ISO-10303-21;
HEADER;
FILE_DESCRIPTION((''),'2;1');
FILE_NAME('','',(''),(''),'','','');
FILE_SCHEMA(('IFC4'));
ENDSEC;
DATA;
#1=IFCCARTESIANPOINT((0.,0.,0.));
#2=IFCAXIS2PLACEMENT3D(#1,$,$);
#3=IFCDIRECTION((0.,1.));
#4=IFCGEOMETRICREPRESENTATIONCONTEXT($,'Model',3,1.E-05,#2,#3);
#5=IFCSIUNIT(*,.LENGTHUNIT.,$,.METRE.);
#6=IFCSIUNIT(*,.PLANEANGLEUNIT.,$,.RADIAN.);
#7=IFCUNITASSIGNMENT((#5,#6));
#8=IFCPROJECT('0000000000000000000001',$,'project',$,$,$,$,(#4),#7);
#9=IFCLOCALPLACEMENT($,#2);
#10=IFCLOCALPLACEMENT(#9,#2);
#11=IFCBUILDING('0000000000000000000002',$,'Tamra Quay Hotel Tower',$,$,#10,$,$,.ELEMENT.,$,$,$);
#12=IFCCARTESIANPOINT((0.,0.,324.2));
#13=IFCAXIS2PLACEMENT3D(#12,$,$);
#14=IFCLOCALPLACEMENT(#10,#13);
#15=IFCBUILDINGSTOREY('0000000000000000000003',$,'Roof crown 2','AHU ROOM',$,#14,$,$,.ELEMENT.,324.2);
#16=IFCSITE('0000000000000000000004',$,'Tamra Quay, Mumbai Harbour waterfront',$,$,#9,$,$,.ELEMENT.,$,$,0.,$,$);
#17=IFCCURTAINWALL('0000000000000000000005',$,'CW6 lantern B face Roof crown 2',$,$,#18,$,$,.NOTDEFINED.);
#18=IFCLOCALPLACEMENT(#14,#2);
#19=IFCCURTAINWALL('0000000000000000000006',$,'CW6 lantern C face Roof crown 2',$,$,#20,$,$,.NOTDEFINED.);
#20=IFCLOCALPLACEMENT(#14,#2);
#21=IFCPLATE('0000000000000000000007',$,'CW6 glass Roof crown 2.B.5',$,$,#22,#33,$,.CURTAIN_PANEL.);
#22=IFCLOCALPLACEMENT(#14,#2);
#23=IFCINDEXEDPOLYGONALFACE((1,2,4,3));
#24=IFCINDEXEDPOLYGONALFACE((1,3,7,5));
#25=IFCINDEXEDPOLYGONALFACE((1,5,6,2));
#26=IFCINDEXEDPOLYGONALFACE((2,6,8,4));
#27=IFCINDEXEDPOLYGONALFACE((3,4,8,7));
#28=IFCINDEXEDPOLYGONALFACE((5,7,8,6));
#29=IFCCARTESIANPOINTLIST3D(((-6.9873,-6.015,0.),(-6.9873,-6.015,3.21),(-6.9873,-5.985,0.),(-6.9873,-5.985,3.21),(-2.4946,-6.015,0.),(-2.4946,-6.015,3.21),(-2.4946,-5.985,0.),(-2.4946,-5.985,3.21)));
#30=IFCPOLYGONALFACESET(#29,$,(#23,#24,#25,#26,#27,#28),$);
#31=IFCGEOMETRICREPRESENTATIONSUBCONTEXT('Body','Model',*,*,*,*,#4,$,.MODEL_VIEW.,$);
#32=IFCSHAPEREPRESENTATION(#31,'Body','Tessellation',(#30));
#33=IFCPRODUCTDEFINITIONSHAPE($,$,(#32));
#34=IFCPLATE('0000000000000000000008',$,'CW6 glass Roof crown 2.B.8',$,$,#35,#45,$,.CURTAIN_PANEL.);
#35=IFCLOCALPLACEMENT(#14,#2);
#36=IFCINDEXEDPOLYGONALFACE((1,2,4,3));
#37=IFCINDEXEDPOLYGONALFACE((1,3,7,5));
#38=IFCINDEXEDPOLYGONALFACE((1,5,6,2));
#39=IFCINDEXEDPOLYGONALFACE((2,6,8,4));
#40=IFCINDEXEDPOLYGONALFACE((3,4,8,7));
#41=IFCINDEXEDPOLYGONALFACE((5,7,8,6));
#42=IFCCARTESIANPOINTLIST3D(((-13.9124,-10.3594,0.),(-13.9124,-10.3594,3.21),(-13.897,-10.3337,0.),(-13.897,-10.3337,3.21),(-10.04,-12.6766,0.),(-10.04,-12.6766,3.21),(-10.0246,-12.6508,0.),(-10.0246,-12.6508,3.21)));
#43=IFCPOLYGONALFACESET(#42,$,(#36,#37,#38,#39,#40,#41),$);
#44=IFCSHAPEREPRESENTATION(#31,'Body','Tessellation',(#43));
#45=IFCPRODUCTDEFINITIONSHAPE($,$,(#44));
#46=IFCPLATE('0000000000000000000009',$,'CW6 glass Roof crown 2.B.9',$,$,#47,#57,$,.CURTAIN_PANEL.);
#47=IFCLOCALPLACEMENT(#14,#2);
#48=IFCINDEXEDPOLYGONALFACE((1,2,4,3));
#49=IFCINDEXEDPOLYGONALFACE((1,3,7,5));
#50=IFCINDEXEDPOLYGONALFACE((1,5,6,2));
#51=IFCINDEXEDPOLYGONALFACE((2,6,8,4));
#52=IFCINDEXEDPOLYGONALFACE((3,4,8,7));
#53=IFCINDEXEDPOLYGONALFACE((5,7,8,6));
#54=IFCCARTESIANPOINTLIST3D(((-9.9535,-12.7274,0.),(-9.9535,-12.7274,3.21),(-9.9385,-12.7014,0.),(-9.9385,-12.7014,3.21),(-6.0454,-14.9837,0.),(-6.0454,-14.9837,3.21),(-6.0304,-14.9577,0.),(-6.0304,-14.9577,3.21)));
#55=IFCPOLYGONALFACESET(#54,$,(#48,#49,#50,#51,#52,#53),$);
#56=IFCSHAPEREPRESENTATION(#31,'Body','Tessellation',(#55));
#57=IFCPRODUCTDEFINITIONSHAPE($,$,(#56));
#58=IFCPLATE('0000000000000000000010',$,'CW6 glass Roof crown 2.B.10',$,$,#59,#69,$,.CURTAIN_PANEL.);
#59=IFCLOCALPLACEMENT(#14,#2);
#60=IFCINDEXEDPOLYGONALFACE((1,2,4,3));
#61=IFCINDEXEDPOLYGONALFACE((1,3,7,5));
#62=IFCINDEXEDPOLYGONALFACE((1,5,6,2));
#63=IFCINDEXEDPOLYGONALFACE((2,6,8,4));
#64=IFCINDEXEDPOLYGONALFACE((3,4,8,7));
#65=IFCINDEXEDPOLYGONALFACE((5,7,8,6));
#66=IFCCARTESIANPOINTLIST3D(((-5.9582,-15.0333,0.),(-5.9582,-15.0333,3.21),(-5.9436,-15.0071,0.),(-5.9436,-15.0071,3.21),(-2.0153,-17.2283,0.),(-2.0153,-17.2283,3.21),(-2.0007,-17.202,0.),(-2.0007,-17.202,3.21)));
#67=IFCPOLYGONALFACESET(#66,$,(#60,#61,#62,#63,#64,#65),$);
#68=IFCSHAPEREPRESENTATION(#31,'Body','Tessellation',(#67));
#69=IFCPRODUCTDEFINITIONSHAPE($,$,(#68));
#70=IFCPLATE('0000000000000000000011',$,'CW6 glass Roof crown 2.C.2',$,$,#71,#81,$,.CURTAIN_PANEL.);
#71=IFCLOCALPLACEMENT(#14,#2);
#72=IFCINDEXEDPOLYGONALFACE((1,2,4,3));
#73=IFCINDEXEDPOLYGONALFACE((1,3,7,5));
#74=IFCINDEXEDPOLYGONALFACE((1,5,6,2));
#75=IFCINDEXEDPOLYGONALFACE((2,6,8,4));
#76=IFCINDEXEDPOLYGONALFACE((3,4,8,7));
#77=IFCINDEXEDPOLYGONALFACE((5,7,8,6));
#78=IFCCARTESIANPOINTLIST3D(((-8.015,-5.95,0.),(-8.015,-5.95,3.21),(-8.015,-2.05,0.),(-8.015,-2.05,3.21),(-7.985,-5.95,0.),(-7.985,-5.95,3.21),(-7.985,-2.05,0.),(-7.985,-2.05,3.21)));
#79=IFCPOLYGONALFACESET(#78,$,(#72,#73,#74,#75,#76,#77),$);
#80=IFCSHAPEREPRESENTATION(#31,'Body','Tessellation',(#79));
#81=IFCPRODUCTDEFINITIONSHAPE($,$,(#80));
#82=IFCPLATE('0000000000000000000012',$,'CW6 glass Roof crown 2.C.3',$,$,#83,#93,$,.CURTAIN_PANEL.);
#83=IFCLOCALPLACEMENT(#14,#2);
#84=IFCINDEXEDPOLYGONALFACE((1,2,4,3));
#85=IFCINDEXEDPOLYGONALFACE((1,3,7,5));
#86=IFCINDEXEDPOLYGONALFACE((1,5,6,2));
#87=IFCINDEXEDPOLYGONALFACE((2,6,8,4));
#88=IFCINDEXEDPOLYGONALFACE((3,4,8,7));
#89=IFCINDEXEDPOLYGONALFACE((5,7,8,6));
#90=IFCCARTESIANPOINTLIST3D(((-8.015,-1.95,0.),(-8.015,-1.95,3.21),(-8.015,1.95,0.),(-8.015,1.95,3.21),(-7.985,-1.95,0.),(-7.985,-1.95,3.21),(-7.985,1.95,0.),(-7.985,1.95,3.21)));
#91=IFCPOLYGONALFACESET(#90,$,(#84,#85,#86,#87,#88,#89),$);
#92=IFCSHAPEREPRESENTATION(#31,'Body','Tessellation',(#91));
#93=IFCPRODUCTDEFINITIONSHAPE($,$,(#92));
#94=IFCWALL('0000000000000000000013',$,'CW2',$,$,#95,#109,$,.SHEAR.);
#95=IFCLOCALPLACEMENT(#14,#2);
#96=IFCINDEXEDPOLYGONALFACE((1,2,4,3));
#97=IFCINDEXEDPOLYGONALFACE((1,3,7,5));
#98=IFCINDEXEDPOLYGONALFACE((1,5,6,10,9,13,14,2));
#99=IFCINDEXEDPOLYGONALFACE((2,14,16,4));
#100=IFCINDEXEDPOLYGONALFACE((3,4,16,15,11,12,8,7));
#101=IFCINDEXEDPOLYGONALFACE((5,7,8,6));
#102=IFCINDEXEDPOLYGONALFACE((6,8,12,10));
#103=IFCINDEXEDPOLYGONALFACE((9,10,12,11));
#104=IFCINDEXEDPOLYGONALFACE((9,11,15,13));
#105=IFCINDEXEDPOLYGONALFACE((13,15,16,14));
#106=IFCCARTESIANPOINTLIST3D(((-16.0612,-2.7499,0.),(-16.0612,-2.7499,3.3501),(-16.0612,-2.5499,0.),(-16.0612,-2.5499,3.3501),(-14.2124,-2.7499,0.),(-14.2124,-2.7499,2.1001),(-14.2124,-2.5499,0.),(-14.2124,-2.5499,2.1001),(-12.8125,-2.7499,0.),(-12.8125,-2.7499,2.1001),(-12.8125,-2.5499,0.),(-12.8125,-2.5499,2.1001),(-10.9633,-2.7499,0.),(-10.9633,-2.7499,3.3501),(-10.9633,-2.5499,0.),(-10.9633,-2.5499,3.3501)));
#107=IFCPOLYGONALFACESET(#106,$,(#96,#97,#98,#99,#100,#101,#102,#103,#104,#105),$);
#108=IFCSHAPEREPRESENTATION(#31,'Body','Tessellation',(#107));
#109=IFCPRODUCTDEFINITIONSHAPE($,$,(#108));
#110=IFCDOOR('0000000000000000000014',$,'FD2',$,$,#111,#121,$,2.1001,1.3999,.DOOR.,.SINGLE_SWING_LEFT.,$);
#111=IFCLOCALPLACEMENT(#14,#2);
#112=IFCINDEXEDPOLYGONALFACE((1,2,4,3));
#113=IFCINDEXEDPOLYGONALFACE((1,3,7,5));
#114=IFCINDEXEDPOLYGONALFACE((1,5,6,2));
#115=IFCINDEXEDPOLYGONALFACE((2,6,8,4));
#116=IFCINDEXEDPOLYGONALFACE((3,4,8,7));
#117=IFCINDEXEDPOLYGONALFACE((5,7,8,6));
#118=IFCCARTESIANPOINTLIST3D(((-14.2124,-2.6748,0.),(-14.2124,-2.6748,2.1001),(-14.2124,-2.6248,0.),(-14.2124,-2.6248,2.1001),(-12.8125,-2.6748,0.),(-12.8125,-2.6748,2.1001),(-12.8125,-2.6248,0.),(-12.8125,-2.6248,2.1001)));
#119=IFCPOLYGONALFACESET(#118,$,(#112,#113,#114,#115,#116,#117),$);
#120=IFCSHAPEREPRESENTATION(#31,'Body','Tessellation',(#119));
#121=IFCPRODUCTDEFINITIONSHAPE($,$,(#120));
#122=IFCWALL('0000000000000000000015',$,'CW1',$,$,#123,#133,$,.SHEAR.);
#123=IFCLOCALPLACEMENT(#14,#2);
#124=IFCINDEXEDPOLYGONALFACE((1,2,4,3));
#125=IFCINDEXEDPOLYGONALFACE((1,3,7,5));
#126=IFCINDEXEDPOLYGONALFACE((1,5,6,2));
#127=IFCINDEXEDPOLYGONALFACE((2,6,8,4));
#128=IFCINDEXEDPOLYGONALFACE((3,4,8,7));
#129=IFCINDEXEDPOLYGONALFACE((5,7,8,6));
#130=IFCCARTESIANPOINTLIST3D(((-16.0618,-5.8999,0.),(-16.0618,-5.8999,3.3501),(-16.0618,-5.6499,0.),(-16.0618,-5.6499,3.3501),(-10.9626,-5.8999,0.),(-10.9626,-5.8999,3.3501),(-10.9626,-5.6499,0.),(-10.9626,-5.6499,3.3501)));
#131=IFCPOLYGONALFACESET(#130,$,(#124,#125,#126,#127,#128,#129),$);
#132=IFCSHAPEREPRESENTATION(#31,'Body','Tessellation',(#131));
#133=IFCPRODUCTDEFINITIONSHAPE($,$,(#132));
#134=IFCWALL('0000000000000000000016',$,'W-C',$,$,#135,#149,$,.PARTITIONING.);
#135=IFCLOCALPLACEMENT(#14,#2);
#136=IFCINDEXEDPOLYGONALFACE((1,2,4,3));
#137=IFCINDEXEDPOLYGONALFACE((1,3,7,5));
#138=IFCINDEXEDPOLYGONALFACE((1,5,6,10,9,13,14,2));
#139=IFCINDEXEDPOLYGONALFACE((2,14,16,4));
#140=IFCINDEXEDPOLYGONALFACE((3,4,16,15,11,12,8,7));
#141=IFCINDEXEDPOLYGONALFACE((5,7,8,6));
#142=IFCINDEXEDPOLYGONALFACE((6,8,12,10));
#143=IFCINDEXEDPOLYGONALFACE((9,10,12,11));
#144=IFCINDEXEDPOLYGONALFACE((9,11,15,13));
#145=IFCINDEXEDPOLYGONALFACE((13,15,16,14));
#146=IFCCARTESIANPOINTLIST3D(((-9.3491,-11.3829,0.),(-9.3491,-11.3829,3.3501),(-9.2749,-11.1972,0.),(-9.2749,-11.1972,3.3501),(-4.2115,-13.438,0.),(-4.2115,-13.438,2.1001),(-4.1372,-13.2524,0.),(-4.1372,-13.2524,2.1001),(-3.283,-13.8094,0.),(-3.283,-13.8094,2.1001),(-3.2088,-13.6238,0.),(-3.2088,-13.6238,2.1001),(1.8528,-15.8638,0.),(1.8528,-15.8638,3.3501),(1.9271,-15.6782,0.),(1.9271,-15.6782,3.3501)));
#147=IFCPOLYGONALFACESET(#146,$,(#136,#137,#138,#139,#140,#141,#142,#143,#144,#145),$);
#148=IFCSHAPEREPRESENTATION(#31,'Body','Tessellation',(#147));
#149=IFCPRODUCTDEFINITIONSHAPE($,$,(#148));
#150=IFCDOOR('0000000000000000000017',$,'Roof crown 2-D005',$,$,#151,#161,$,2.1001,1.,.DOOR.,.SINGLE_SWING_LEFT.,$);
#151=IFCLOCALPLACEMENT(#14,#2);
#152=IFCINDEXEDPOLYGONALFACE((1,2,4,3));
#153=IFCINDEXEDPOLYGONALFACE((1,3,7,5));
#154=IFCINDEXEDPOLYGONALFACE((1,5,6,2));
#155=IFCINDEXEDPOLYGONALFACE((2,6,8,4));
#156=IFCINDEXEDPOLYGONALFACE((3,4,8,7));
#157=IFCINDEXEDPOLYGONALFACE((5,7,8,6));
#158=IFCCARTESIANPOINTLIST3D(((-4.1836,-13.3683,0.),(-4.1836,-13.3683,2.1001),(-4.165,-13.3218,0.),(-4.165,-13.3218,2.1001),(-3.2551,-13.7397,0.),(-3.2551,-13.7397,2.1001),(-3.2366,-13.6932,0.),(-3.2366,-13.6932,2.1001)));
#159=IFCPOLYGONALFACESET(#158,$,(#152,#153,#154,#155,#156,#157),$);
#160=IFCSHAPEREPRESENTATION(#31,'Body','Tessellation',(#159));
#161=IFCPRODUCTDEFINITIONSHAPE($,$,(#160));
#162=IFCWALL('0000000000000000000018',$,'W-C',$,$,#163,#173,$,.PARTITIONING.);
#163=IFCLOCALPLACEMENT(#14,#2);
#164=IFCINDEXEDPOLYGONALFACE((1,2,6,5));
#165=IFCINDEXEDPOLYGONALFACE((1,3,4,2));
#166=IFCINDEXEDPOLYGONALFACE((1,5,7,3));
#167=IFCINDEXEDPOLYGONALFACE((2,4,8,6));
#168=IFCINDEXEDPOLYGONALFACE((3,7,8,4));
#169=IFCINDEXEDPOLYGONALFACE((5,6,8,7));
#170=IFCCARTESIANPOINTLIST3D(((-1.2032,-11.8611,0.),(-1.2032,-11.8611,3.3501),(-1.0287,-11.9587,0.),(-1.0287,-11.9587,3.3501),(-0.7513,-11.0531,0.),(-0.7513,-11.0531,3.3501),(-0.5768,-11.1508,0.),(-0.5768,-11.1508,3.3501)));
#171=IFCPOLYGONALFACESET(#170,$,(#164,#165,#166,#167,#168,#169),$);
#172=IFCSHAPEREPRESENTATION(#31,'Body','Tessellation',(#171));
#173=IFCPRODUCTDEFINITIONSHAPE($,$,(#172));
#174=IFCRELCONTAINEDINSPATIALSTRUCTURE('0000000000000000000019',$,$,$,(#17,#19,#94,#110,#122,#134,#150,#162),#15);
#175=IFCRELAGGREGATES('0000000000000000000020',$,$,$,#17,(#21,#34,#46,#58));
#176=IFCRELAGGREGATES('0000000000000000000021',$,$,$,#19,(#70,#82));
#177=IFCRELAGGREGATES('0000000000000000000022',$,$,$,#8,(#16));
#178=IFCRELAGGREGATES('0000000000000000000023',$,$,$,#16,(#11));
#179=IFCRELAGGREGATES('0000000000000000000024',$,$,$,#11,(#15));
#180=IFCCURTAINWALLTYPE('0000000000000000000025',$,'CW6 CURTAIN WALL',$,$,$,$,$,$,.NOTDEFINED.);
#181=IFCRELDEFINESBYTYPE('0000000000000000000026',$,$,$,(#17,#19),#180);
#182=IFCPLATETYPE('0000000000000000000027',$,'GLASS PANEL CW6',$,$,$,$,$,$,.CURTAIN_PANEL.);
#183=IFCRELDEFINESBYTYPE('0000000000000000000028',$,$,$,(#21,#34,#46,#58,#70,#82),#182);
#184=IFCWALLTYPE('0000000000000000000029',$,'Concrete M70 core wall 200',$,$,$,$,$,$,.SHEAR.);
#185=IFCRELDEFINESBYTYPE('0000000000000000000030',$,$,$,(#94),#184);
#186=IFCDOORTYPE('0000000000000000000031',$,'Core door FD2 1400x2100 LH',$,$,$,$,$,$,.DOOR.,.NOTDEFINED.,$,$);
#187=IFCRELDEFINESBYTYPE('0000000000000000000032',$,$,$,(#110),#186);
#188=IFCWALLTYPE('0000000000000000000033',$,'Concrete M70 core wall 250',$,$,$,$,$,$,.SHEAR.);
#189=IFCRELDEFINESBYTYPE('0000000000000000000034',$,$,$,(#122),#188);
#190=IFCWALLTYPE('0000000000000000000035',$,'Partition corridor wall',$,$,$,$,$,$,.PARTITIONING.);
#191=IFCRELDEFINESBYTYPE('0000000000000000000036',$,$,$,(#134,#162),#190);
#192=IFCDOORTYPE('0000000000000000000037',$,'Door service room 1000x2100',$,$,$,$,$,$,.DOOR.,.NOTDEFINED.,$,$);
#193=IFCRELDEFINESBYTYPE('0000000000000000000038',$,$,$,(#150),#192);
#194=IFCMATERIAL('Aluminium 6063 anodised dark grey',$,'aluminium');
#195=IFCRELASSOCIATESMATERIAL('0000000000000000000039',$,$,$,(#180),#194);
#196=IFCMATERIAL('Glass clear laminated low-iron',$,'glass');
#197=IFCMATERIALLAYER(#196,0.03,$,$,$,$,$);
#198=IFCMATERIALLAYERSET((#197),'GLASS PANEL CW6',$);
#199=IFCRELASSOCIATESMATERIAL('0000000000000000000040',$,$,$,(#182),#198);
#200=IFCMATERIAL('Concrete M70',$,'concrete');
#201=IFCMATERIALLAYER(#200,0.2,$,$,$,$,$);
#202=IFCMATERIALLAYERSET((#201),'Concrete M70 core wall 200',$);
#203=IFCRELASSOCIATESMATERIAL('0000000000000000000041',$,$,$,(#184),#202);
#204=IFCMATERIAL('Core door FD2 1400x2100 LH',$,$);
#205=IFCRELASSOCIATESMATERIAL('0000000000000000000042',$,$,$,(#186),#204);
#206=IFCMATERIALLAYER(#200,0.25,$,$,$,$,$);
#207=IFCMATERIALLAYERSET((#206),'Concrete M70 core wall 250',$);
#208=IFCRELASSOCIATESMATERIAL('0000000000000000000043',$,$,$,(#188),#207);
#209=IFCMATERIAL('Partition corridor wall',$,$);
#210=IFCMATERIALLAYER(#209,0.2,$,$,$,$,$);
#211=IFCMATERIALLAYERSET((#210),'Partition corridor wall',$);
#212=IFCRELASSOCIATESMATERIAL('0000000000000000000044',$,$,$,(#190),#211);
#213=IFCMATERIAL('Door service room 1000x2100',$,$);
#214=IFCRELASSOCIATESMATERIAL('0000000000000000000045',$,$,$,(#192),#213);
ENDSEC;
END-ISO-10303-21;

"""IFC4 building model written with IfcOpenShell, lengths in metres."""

from ifc_helpers import new_model, si_unit, direction, frame, frame_2d, origin, origin_2d, place, context, subcontext, project, spatial, rectangle, extrude, material, layer, layer_set, type_object, element, fill, aggregate, save


model = new_model("IFC4")

# Units and contexts
model_context = context("Model", 3, precision=1e-05, world=origin(), true_north=direction((0.0, 1.0)))
body_context = subcontext(model_context, "Body", "Model", "MODEL_VIEW")
ifc_project = project(units=[si_unit("LENGTHUNIT", "METRE"), si_unit("PLANEANGLEUNIT", "RADIAN")], contexts=[model_context])

# Site, building, storey
site_placement = place(None, origin())
site = spatial("IfcSite", under=ifc_project, at=site_placement, Name="Tamra Quay, Mumbai Harbour waterfront", CompositionType="ELEMENT", RefElevation=0.0)
building_placement = place(site_placement, origin())
building = spatial("IfcBuilding", under=site, at=building_placement, Name="Tamra Quay Hotel Tower", CompositionType="ELEMENT")
storey_placement = place(building_placement, frame((0.0, 0.0, 324.2)))
storey = spatial("IfcBuildingStorey", under=building, at=storey_placement, Name="Roof crown 2", Description="AHU ROOM", CompositionType="ELEMENT", Elevation=324.2)

# Curtain walls
ifc_material_1 = material(Name="Aluminium 6063 anodised dark grey", Category="aluminium")
curtain_wall_type = type_object("IfcCurtainWallType", Name="CW6 CURTAIN WALL", PredefinedType="NOTDEFINED", material=ifc_material_1)
curtain_wall_1_placement = place(storey_placement, origin())
curtain_wall_1 = element("IfcCurtainWall", 1, at=curtain_wall_1_placement, inside=storey, type_object=curtain_wall_type, Name="CW6 lantern B face Roof crown 2", PredefinedType="NOTDEFINED")
curtain_wall_2_placement = place(storey_placement, origin())
curtain_wall_2 = element("IfcCurtainWall", 2, at=curtain_wall_2_placement, inside=storey, type_object=curtain_wall_type, Name="CW6 lantern C face Roof crown 2", PredefinedType="NOTDEFINED")

# Plates
ifc_material_2 = material(Name="Glass clear laminated low-iron", Category="glass")
ifc_layer_1 = layer(ifc_material_2, 0.03)
ifc_layer_set_1 = layer_set([ifc_layer_1], Name="GLASS PANEL CW6")
plate_type = type_object("IfcPlateType", Name="GLASS PANEL CW6", PredefinedType="CURTAIN_PANEL", material=ifc_layer_set_1)
plate_1_placement = place(storey_placement, frame((-4.741, -6.0, 0.0), z_axis=(0.0, 0.0, 1.0), x_axis=(-1.0, 0.0, 0.0)))
plate_1 = element("IfcPlate", 3, at=plate_1_placement, type_object=plate_type, Name="CW6 glass Roof crown 2.B.5", PredefinedType="CURTAIN_PANEL", context=body_context, shape_type="SweptSolid", body=[
    extrude(rectangle(XDim=4.4927, YDim=0.03, at=origin_2d()), origin(), (0.0, 0.0, 1.0), 3.21),
])
plate_2_placement = place(storey_placement, frame((-11.9685, -11.5051, 0.0), z_axis=(0.0, 0.0, 1.0), x_axis=(0.858104, -0.513477, 0.0)))
plate_2 = element("IfcPlate", 4, at=plate_2_placement, type_object=plate_type, Name="CW6 glass Roof crown 2.B.8", PredefinedType="CURTAIN_PANEL", context=body_context, shape_type="SweptSolid", body=[
    extrude(rectangle(XDim=4.5127, YDim=0.03, at=origin_2d()), origin(), (0.0, 0.0, 1.0), 3.21),
])
plate_3_placement = place(storey_placement, frame((-7.9919, -13.8425, 0.0), z_axis=(0.0, 0.0, 1.0), x_axis=(0.866025, -0.5, 0.0)))
plate_3 = element("IfcPlate", 5, at=plate_3_placement, type_object=plate_type, Name="CW6 glass Roof crown 2.B.9", PredefinedType="CURTAIN_PANEL", context=body_context, shape_type="SweptSolid", body=[
    extrude(rectangle(XDim=4.5127, YDim=0.03, at=origin_2d()), origin(), (0.0, 0.0, 1.0), 3.21),
])
plate_4_placement = place(storey_placement, frame((-3.9795, -16.1177, 0.0), z_axis=(0.0, 0.0, 1.0), x_axis=(0.873736, -0.486401, 0.0)))
plate_4 = element("IfcPlate", 6, at=plate_4_placement, type_object=plate_type, Name="CW6 glass Roof crown 2.B.10", PredefinedType="CURTAIN_PANEL", context=body_context, shape_type="SweptSolid", body=[
    extrude(rectangle(XDim=4.5127, YDim=0.03, at=origin_2d()), origin(), (0.0, 0.0, 1.0), 3.21),
])
aggregate(curtain_wall_1, [plate_1, plate_2, plate_3, plate_4])
plate_5_placement = place(storey_placement, frame((-8.0, -4.0, 0.0), z_axis=(0.0, 0.0, 1.0), x_axis=(0.0, 1.0, 0.0)))
plate_5 = element("IfcPlate", 7, at=plate_5_placement, type_object=plate_type, Name="CW6 glass Roof crown 2.C.2", PredefinedType="CURTAIN_PANEL", context=body_context, shape_type="SweptSolid", body=[
    extrude(rectangle(XDim=3.8999, YDim=0.03, at=origin_2d()), origin(), (0.0, 0.0, 1.0), 3.21),
])
plate_6_placement = place(storey_placement, frame((-8.0, 0.0, 0.0), z_axis=(0.0, 0.0, 1.0), x_axis=(0.0, 1.0, 0.0)))
plate_6 = element("IfcPlate", 8, at=plate_6_placement, type_object=plate_type, Name="CW6 glass Roof crown 2.C.3", PredefinedType="CURTAIN_PANEL", context=body_context, shape_type="SweptSolid", body=[
    extrude(rectangle(XDim=3.8999, YDim=0.03, at=origin_2d()), origin(), (0.0, 0.0, 1.0), 3.21),
])
aggregate(curtain_wall_2, [plate_5, plate_6])

# Wall, opening, door
ifc_material_3 = material(Name="Concrete M70", Category="concrete")
ifc_layer_2 = layer(ifc_material_3, 0.2)
ifc_layer_set_2 = layer_set([ifc_layer_2], Name="Concrete M70 core wall 200")
wall_type_1 = type_object("IfcWallType", Name="Concrete M70 core wall 200", PredefinedType="SHEAR", material=ifc_layer_set_2)
wall_1_placement = place(storey_placement, frame((-10.9634, -2.6499, 0.0), z_axis=(0.0, 0.0, 1.0), x_axis=(-1.0, 0.0, 0.0)))
wall_1 = element("IfcWall", 9, at=wall_1_placement, inside=storey, type_object=wall_type_1, Name="CW2", PredefinedType="SHEAR", context=body_context, shape_type="SweptSolid", body=[
    extrude(rectangle(XDim=5.0979, YDim=0.2, at=frame_2d((2.5488, 0.0))), origin(), (0.0, 0.0, 1.0), 3.3501),
])
opening_1_placement = place(wall_1_placement, frame((1.8491, 0.0, 0.0)))
opening_1 = element("IfcOpeningElement", 10, at=opening_1_placement, cuts=wall_1, PredefinedType="OPENING", context=body_context, shape_type="SweptSolid", body=[
    extrude(rectangle(XDim=1.3999, YDim=2.1001, at=frame_2d((0.7, 1.05))), frame((0.0, 0.1099, 0.0), z_axis=(0.0, -1.0, 0.0), x_axis=(1.0, 0.0, 0.0)), (0.0, 0.0, 1.0), 0.22),
])
ifc_material_4 = material(Name="Core door FD2 1400x2100 LH")
door_type_1 = type_object("IfcDoorType", Name="Core door FD2 1400x2100 LH", OperationType="NOTDEFINED", PredefinedType="DOOR", material=ifc_material_4)
door_1_placement = place(opening_1_placement, origin())
door_1 = element("IfcDoor", 11, at=door_1_placement, inside=storey, type_object=door_type_1, Name="FD2", OperationType="SINGLE_SWING_LEFT", OverallHeight=2.1001, OverallWidth=1.3999, PredefinedType="DOOR", context=body_context, shape_type="SweptSolid", body=[
    extrude(rectangle(XDim=1.3999, YDim=2.1001, at=frame_2d((0.7, 1.05))), frame((0.0, 0.0249, 0.0), z_axis=(0.0, -1.0, 0.0), x_axis=(1.0, 0.0, 0.0)), (0.0, 0.0, 1.0), 0.05),
])
fill(opening_1, door_1)

# Wall
ifc_layer_3 = layer(ifc_material_3, 0.25)
ifc_layer_set_3 = layer_set([ifc_layer_3], Name="Concrete M70 core wall 250")
wall_type_2 = type_object("IfcWallType", Name="Concrete M70 core wall 250", PredefinedType="SHEAR", material=ifc_layer_set_3)
wall_2_placement = place(storey_placement, frame((-10.9626, -5.7749, 0.0), z_axis=(0.0, 0.0, 1.0), x_axis=(-1.0, 0.0, 0.0)))
element("IfcWall", 12, at=wall_2_placement, inside=storey, type_object=wall_type_2, Name="CW1", PredefinedType="SHEAR", context=body_context, shape_type="SweptSolid", body=[
    extrude(rectangle(XDim=5.0991, YDim=0.25, at=frame_2d((2.5496, 0.0))), origin(), (0.0, 0.0, 1.0), 3.3501),
])

# Wall, opening, door
ifc_material_5 = material(Name="Partition corridor wall")
ifc_layer_4 = layer(ifc_material_5, 0.2)
ifc_layer_set_4 = layer_set([ifc_layer_4], Name="Partition corridor wall")
wall_type_3 = type_object("IfcWallType", Name="Partition corridor wall", PredefinedType="PARTITIONING", material=ifc_layer_set_4)
wall_3_placement = place(storey_placement, frame((-9.312, -11.29, 0.0), z_axis=(0.0, 0.0, 1.0), x_axis=(0.928471, -0.371405, 0.0)))
wall_3 = element("IfcWall", 13, at=wall_3_placement, inside=storey, type_object=wall_type_3, Name="W-C", PredefinedType="PARTITIONING", context=body_context, shape_type="SweptSolid", body=[
    extrude(rectangle(XDim=12.0649, YDim=0.2, at=frame_2d((6.0325, 0.0))), origin(), (0.0, 0.0, 1.0), 3.3501),
])
opening_2_placement = place(wall_3_placement, frame((5.5334, 0.0, 0.0)))
opening_2 = element("IfcOpeningElement", 14, at=opening_2_placement, cuts=wall_3, PredefinedType="OPENING", context=body_context, shape_type="SweptSolid", body=[
    extrude(rectangle(XDim=1.0, YDim=2.1001, at=frame_2d((0.5, 1.05))), frame((0.0, 0.1099, 0.0), z_axis=(0.0, -1.0, 0.0), x_axis=(1.0, 0.0, 0.0)), (0.0, 0.0, 1.0), 0.22),
])
ifc_material_6 = material(Name="Door service room 1000x2100")
door_type_2 = type_object("IfcDoorType", Name="Door service room 1000x2100", OperationType="NOTDEFINED", PredefinedType="DOOR", material=ifc_material_6)
door_2_placement = place(opening_2_placement, frame((1.0, 0.0, 0.0), z_axis=(0.0, 0.0, 1.0), x_axis=(-1.0, 0.0, 0.0)))
door_2 = element("IfcDoor", 15, at=door_2_placement, inside=storey, type_object=door_type_2, Name="Roof crown 2-D005", OperationType="SINGLE_SWING_LEFT", OverallHeight=2.1001, OverallWidth=1.0, PredefinedType="DOOR", context=body_context, shape_type="SweptSolid", body=[
    extrude(rectangle(XDim=1.0, YDim=2.1001, at=frame_2d((0.5, 1.05))), frame((0.0, 0.0249, 0.0), z_axis=(0.0, -1.0, 0.0), x_axis=(1.0, 0.0, 0.0)), (0.0, 0.0, 1.0), 0.05),
])
fill(opening_2, door_2)

# Wall
wall_4_placement = place(storey_placement, frame((-1.116, -11.9099, 0.0), z_axis=(0.0, 0.0, 1.0), x_axis=(0.488194, 0.872735, 0.0)))
element("IfcWall", 16, at=wall_4_placement, inside=storey, type_object=wall_type_3, Name="W-C", PredefinedType="PARTITIONING", context=body_context, shape_type="SweptSolid", body=[
    extrude(rectangle(XDim=0.9258, YDim=0.2, at=frame_2d((0.4629, 0.0))), origin(), (0.0, 0.0, 1.0), 3.3501),
])

save(model, "model.ifc")
